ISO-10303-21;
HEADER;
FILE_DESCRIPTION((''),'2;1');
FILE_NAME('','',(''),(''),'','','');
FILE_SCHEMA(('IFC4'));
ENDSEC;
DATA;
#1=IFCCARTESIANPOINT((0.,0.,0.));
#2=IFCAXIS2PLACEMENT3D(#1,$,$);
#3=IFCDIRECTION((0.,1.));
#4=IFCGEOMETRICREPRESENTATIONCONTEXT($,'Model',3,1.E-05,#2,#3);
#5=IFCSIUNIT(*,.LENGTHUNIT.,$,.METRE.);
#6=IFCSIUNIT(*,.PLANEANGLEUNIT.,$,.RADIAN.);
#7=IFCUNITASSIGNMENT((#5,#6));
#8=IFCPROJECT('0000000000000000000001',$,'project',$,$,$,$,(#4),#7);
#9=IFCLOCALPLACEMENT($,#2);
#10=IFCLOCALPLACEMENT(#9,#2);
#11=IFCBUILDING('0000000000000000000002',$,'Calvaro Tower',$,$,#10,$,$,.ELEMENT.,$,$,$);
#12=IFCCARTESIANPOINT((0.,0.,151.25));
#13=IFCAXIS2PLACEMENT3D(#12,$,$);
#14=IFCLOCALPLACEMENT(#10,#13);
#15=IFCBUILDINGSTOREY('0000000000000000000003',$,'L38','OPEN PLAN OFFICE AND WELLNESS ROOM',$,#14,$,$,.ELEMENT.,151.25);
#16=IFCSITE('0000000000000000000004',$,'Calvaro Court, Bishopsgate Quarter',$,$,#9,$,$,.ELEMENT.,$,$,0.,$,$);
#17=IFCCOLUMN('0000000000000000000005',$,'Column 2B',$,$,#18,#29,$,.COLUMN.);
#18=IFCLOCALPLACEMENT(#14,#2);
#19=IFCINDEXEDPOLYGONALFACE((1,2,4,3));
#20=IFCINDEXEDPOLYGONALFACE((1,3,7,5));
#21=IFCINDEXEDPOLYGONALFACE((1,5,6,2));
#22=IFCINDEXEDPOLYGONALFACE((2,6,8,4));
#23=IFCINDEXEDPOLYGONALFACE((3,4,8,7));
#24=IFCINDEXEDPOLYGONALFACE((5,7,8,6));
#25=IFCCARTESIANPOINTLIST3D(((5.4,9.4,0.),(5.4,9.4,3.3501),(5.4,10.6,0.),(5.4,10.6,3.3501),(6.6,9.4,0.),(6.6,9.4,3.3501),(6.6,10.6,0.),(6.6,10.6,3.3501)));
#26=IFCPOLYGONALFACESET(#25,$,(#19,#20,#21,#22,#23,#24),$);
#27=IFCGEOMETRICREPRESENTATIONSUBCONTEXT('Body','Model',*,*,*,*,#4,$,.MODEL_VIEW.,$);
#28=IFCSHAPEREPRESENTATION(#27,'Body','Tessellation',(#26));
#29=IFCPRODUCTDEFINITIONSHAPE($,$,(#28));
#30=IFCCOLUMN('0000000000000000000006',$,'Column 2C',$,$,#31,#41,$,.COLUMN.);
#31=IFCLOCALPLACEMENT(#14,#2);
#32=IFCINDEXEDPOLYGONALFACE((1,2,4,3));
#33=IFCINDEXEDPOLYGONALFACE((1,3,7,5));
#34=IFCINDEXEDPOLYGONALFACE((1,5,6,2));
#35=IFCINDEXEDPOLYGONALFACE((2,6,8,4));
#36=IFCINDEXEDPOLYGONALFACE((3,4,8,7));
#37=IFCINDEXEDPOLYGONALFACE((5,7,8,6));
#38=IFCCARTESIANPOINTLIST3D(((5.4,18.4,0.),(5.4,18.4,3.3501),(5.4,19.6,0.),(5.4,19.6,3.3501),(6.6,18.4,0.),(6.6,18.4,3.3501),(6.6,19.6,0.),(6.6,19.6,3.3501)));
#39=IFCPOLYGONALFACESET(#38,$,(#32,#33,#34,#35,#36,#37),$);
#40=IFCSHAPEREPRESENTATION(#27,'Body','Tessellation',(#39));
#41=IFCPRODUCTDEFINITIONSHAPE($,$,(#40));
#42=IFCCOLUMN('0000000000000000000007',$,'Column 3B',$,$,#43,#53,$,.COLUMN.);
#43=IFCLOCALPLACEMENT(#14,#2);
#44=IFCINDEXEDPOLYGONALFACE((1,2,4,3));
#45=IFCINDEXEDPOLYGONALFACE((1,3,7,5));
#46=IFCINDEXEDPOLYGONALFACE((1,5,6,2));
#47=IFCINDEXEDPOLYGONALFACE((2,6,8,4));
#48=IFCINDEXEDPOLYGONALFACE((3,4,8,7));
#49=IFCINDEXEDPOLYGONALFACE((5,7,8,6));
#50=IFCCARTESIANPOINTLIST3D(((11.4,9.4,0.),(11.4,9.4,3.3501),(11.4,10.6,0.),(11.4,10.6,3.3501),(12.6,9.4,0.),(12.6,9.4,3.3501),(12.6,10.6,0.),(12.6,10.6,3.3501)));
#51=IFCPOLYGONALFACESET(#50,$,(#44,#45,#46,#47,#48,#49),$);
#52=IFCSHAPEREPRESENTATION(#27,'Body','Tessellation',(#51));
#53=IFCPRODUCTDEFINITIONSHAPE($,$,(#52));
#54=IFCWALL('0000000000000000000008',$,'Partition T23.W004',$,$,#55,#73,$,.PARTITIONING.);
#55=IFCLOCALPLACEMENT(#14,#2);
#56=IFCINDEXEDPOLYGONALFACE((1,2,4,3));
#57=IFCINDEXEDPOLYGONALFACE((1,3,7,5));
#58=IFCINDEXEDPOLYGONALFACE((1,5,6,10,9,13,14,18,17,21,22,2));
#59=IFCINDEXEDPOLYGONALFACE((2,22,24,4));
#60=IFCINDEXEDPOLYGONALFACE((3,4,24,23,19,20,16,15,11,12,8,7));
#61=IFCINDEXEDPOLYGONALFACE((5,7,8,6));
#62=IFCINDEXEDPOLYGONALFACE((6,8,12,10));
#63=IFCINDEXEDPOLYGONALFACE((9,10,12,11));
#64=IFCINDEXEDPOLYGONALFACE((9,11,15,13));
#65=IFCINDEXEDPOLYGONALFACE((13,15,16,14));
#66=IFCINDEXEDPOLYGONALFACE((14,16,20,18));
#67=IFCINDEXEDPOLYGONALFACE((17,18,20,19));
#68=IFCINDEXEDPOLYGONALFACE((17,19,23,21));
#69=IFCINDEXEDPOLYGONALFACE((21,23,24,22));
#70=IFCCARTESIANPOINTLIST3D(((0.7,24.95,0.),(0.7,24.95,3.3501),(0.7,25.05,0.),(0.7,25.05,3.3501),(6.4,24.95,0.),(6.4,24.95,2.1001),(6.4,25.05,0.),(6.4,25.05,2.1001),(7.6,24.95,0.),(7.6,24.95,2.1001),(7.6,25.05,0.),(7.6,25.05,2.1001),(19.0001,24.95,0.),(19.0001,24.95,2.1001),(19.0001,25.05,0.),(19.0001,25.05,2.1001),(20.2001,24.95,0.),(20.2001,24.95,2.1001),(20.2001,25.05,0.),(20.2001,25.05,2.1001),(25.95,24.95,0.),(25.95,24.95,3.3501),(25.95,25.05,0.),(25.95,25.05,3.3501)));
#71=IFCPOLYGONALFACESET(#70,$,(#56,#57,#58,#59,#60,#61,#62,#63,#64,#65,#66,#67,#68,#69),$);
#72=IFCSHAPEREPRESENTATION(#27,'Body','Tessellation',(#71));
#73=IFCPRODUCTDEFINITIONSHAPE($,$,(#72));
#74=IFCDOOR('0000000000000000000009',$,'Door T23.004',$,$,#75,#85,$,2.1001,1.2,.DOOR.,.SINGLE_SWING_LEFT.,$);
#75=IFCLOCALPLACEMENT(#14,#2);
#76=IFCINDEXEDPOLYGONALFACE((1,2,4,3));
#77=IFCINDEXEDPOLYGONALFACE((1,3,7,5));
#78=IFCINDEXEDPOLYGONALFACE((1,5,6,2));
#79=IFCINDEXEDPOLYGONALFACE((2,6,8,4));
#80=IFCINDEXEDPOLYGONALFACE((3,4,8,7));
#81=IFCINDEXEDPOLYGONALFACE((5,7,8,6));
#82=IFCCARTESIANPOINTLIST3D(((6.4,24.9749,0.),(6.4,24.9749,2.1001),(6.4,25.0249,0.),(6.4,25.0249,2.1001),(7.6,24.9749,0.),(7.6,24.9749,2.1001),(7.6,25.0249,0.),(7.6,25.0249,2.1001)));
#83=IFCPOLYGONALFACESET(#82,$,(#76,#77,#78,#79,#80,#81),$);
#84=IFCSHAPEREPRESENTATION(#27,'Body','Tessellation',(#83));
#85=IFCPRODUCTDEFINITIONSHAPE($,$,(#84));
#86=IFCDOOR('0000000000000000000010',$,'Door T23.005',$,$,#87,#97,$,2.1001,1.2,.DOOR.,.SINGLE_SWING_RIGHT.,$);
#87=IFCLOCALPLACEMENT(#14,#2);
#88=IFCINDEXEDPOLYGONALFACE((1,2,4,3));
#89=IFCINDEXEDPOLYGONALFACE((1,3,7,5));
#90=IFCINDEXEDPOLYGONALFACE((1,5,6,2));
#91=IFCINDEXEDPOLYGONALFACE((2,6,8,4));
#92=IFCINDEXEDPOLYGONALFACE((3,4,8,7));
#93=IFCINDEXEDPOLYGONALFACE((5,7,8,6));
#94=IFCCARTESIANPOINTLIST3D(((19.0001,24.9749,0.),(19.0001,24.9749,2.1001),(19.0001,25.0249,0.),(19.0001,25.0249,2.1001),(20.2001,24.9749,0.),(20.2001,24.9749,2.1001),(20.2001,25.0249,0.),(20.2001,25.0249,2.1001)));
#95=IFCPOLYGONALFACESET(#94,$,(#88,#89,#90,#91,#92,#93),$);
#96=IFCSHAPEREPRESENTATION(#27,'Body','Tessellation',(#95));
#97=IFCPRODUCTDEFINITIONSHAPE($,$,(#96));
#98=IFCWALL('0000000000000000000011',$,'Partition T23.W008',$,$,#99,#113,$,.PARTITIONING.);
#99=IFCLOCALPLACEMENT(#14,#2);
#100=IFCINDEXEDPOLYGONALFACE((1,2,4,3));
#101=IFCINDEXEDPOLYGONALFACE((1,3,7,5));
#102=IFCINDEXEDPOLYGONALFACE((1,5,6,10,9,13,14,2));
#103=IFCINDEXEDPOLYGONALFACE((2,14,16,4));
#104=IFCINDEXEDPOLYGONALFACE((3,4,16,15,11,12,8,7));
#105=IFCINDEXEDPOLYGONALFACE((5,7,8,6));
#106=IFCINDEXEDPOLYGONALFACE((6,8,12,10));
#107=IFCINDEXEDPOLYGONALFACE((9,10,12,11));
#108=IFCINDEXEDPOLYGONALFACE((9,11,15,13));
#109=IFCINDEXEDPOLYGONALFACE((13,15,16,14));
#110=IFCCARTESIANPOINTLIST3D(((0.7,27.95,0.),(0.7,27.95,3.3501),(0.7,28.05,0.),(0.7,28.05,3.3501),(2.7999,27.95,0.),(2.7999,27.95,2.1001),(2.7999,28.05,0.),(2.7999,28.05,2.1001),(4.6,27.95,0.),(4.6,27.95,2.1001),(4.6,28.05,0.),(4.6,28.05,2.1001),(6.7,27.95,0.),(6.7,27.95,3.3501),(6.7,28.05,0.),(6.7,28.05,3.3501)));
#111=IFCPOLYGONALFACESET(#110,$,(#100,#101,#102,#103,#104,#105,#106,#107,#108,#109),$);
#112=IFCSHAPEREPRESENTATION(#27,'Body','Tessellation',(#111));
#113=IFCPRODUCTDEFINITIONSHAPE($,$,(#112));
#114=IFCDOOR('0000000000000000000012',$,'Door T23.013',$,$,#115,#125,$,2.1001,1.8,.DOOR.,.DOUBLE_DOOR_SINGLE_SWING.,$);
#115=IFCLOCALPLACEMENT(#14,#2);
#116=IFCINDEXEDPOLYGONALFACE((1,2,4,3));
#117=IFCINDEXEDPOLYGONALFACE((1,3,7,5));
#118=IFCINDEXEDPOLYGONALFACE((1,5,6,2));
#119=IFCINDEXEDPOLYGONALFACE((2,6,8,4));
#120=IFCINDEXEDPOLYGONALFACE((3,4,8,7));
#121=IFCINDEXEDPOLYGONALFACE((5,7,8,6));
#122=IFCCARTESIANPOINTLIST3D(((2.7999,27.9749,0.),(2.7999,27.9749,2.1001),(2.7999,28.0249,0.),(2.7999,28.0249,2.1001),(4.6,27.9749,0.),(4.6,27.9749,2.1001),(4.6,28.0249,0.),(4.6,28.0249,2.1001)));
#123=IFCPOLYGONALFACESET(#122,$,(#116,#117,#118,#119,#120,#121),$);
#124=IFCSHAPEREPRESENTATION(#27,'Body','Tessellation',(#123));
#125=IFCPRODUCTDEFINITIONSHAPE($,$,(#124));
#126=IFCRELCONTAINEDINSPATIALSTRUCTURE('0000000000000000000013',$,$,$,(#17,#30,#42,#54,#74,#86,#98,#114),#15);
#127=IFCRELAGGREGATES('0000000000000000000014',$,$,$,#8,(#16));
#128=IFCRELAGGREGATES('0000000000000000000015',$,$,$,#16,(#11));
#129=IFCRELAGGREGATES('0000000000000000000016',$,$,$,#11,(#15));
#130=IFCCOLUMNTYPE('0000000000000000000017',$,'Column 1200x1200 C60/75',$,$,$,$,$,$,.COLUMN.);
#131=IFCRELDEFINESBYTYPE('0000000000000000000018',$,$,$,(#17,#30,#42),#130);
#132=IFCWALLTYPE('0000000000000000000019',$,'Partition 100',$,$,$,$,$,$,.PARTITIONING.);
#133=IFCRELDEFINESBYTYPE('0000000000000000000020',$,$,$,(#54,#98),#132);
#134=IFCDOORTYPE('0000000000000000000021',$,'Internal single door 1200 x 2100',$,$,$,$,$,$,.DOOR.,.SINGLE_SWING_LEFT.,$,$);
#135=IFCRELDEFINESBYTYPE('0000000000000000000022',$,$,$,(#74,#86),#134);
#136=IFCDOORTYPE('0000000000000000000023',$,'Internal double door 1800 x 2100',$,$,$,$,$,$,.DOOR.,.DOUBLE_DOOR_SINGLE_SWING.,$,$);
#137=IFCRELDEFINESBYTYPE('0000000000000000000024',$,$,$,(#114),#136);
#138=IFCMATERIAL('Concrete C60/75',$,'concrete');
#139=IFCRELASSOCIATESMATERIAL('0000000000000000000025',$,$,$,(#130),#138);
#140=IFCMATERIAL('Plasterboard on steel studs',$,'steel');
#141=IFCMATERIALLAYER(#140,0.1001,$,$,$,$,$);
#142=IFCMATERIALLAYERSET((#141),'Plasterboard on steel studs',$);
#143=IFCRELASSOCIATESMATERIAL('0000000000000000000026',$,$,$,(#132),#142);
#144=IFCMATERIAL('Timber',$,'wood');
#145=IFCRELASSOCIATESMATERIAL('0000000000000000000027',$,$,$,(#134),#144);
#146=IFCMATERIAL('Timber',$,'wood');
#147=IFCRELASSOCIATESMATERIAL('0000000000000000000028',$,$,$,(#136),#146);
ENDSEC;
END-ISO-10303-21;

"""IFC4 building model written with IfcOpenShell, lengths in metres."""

from ifc_helpers import new_model, si_unit, direction, frame, frame_2d, origin, origin_2d, place, context, subcontext, project, spatial, rectangle, extrude, material, layer, layer_set, material_profile, profile_set, type_object, element, fill, save


model = new_model("IFC4")

# Units and contexts
model_context = context("Model", 3, precision=1e-05, world=origin(), true_north=direction((0.0, 1.0)))
body_context = subcontext(model_context, "Body", "Model", "MODEL_VIEW")
ifc_project = project(units=[si_unit("LENGTHUNIT", "METRE"), si_unit("PLANEANGLEUNIT", "RADIAN")], contexts=[model_context])

# Site, building, storey
site_placement = place(None, origin())
site = spatial("IfcSite", under=ifc_project, at=site_placement, Name="Calvaro Court, Bishopsgate Quarter", CompositionType="ELEMENT", RefElevation=0.0)
building_placement = place(site_placement, origin())
building = spatial("IfcBuilding", under=site, at=building_placement, Name="Calvaro Tower", CompositionType="ELEMENT")
storey_placement = place(building_placement, frame((0.0, 0.0, 151.25)))
storey = spatial("IfcBuildingStorey", under=building, at=storey_placement, Name="L38", Description="OPEN PLAN OFFICE AND WELLNESS ROOM", CompositionType="ELEMENT", Elevation=151.25)

# Columns
ifc_material_1 = material(Name="Concrete C60/75", Category="concrete")
ifc_material_profile = material_profile(ifc_material_1, rectangle(XDim=1.2, YDim=1.2, at=origin_2d()), Name="RC 1200x1200")
ifc_profile_set = profile_set([ifc_material_profile], Name="Concrete C60/75")
column_type = type_object("IfcColumnType", Name="Column 1200x1200 C60/75", PredefinedType="COLUMN", material=ifc_profile_set)
for number, where, z_axis, x_axis, name in (
    (1, (6.0, 10.0, 0.0), (0.0, 0.0, 1.0), (1.0, 0.0, 0.0), "Column 2B"),
    (2, (6.0, 19.0, 0.0), (0.0, 0.0, 1.0), (1.0, 0.0, 0.0), "Column 2C"),
    (3, (12.0, 10.0, 0.0), (0.0, 0.0, 1.0), (1.0, 0.0, 0.0), "Column 3B"),
):
    element("IfcColumn", number, at=place(storey_placement, frame(where, z_axis=z_axis, x_axis=x_axis)), inside=storey, type_object=column_type, Name=name, PredefinedType="COLUMN", context=body_context, shape_type="SweptSolid", body=[
        extrude(rectangle(XDim=1.2, YDim=1.2, at=origin_2d()), origin(), (0.0, 0.0, 1.0), 3.3501),
    ])

# Wall, openings, doors
ifc_material_2 = material(Name="Plasterboard on steel studs", Category="steel")
ifc_layer = layer(ifc_material_2, 0.1001)
ifc_layer_set = layer_set([ifc_layer], Name="Plasterboard on steel studs")
wall_type = type_object("IfcWallType", Name="Partition 100", PredefinedType="PARTITIONING", material=ifc_layer_set)
wall_1_placement = place(storey_placement, frame((0.7, 25.0, 0.0), z_axis=(0.0, 0.0, 1.0), x_axis=(1.0, 0.0, 0.0)))
wall_1 = element("IfcWall", 4, at=wall_1_placement, inside=storey, type_object=wall_type, Name="Partition T23.W004", PredefinedType="PARTITIONING", context=body_context, shape_type="SweptSolid", body=[
    extrude(rectangle(XDim=25.25, YDim=0.1001, at=frame_2d((12.625, 0.0))), origin(), (0.0, 0.0, 1.0), 3.3501),
])
opening_1_placement = place(wall_1_placement, frame((5.7, 0.0, 0.0)))
opening_1 = element("IfcOpeningElement", 5, at=opening_1_placement, cuts=wall_1, PredefinedType="OPENING", context=body_context, shape_type="SweptSolid", body=[
    extrude(rectangle(XDim=1.2, YDim=2.1001, at=frame_2d((0.6001, 1.05))), frame((0.0, 0.0601, 0.0), z_axis=(0.0, -1.0, 0.0), x_axis=(1.0, 0.0, 0.0)), (0.0, 0.0, 1.0), 0.1201),
])
opening_2_placement = place(wall_1_placement, frame((18.3, 0.0, 0.0)))
opening_2 = element("IfcOpeningElement", 6, at=opening_2_placement, cuts=wall_1, PredefinedType="OPENING", context=body_context, shape_type="SweptSolid", body=[
    extrude(rectangle(XDim=1.2, YDim=2.1001, at=frame_2d((0.6001, 1.05))), frame((0.0, 0.0601, 0.0), z_axis=(0.0, -1.0, 0.0), x_axis=(1.0, 0.0, 0.0)), (0.0, 0.0, 1.0), 0.1201),
])
ifc_material_3 = material(Name="Timber", Category="wood")
door_type_1 = type_object("IfcDoorType", Name="Internal single door 1200 x 2100", OperationType="SINGLE_SWING_LEFT", PredefinedType="DOOR", material=ifc_material_3)
door_1_placement = place(opening_1_placement, origin())
door_1 = element("IfcDoor", 7, at=door_1_placement, inside=storey, type_object=door_type_1, Name="Door T23.004", OperationType="SINGLE_SWING_LEFT", OverallHeight=2.1001, OverallWidth=1.2, PredefinedType="DOOR", context=body_context, shape_type="SweptSolid", body=[
    extrude(rectangle(XDim=1.2, YDim=2.1001, at=frame_2d((0.6001, 1.05))), frame((0.0, 0.0249, 0.0), z_axis=(0.0, -1.0, 0.0), x_axis=(1.0, 0.0, 0.0)), (0.0, 0.0, 1.0), 0.05),
])
fill(opening_1, door_1)
door_2_placement = place(opening_2_placement, origin())
door_2 = element("IfcDoor", 8, at=door_2_placement, inside=storey, type_object=door_type_1, Name="Door T23.005", OperationType="SINGLE_SWING_RIGHT", OverallHeight=2.1001, OverallWidth=1.2, PredefinedType="DOOR", context=body_context, shape_type="SweptSolid", body=[
    extrude(rectangle(XDim=1.2, YDim=2.1001, at=frame_2d((0.6001, 1.05))), frame((0.0, 0.0249, 0.0), z_axis=(0.0, -1.0, 0.0), x_axis=(1.0, 0.0, 0.0)), (0.0, 0.0, 1.0), 0.05),
])
fill(opening_2, door_2)

# Wall, opening, door
wall_2_placement = place(storey_placement, frame((0.7, 28.0, 0.0), z_axis=(0.0, 0.0, 1.0), x_axis=(1.0, 0.0, 0.0)))
wall_2 = element("IfcWall", 9, at=wall_2_placement, inside=storey, type_object=wall_type, Name="Partition T23.W008", PredefinedType="PARTITIONING", context=body_context, shape_type="SweptSolid", body=[
    extrude(rectangle(XDim=6.0, YDim=0.1001, at=frame_2d((3.0, 0.0))), origin(), (0.0, 0.0, 1.0), 3.3501),
])
opening_3_placement = place(wall_2_placement, frame((2.1001, 0.0, 0.0)))
opening_3 = element("IfcOpeningElement", 10, at=opening_3_placement, cuts=wall_2, PredefinedType="OPENING", context=body_context, shape_type="SweptSolid", body=[
    extrude(rectangle(XDim=1.8, YDim=2.1001, at=frame_2d((0.8999, 1.05))), frame((0.0, 0.0601, 0.0), z_axis=(0.0, -1.0, 0.0), x_axis=(1.0, 0.0, 0.0)), (0.0, 0.0, 1.0), 0.1201),
])
ifc_material_4 = material(Name="Timber", Category="wood")
door_type_2 = type_object("IfcDoorType", Name="Internal double door 1800 x 2100", OperationType="DOUBLE_DOOR_SINGLE_SWING", PredefinedType="DOOR", material=ifc_material_4)
door_3_placement = place(opening_3_placement, origin())
door_3 = element("IfcDoor", 11, at=door_3_placement, inside=storey, type_object=door_type_2, Name="Door T23.013", OperationType="DOUBLE_DOOR_SINGLE_SWING", OverallHeight=2.1001, OverallWidth=1.8, PredefinedType="DOOR", context=body_context, shape_type="SweptSolid", body=[
    extrude(rectangle(XDim=1.8, YDim=2.1001, at=frame_2d((0.8999, 1.05))), frame((0.0, 0.0249, 0.0), z_axis=(0.0, -1.0, 0.0), x_axis=(1.0, 0.0, 0.0)), (0.0, 0.0, 1.0), 0.05),
])
fill(opening_3, door_3)

save(model, "model.ifc")
